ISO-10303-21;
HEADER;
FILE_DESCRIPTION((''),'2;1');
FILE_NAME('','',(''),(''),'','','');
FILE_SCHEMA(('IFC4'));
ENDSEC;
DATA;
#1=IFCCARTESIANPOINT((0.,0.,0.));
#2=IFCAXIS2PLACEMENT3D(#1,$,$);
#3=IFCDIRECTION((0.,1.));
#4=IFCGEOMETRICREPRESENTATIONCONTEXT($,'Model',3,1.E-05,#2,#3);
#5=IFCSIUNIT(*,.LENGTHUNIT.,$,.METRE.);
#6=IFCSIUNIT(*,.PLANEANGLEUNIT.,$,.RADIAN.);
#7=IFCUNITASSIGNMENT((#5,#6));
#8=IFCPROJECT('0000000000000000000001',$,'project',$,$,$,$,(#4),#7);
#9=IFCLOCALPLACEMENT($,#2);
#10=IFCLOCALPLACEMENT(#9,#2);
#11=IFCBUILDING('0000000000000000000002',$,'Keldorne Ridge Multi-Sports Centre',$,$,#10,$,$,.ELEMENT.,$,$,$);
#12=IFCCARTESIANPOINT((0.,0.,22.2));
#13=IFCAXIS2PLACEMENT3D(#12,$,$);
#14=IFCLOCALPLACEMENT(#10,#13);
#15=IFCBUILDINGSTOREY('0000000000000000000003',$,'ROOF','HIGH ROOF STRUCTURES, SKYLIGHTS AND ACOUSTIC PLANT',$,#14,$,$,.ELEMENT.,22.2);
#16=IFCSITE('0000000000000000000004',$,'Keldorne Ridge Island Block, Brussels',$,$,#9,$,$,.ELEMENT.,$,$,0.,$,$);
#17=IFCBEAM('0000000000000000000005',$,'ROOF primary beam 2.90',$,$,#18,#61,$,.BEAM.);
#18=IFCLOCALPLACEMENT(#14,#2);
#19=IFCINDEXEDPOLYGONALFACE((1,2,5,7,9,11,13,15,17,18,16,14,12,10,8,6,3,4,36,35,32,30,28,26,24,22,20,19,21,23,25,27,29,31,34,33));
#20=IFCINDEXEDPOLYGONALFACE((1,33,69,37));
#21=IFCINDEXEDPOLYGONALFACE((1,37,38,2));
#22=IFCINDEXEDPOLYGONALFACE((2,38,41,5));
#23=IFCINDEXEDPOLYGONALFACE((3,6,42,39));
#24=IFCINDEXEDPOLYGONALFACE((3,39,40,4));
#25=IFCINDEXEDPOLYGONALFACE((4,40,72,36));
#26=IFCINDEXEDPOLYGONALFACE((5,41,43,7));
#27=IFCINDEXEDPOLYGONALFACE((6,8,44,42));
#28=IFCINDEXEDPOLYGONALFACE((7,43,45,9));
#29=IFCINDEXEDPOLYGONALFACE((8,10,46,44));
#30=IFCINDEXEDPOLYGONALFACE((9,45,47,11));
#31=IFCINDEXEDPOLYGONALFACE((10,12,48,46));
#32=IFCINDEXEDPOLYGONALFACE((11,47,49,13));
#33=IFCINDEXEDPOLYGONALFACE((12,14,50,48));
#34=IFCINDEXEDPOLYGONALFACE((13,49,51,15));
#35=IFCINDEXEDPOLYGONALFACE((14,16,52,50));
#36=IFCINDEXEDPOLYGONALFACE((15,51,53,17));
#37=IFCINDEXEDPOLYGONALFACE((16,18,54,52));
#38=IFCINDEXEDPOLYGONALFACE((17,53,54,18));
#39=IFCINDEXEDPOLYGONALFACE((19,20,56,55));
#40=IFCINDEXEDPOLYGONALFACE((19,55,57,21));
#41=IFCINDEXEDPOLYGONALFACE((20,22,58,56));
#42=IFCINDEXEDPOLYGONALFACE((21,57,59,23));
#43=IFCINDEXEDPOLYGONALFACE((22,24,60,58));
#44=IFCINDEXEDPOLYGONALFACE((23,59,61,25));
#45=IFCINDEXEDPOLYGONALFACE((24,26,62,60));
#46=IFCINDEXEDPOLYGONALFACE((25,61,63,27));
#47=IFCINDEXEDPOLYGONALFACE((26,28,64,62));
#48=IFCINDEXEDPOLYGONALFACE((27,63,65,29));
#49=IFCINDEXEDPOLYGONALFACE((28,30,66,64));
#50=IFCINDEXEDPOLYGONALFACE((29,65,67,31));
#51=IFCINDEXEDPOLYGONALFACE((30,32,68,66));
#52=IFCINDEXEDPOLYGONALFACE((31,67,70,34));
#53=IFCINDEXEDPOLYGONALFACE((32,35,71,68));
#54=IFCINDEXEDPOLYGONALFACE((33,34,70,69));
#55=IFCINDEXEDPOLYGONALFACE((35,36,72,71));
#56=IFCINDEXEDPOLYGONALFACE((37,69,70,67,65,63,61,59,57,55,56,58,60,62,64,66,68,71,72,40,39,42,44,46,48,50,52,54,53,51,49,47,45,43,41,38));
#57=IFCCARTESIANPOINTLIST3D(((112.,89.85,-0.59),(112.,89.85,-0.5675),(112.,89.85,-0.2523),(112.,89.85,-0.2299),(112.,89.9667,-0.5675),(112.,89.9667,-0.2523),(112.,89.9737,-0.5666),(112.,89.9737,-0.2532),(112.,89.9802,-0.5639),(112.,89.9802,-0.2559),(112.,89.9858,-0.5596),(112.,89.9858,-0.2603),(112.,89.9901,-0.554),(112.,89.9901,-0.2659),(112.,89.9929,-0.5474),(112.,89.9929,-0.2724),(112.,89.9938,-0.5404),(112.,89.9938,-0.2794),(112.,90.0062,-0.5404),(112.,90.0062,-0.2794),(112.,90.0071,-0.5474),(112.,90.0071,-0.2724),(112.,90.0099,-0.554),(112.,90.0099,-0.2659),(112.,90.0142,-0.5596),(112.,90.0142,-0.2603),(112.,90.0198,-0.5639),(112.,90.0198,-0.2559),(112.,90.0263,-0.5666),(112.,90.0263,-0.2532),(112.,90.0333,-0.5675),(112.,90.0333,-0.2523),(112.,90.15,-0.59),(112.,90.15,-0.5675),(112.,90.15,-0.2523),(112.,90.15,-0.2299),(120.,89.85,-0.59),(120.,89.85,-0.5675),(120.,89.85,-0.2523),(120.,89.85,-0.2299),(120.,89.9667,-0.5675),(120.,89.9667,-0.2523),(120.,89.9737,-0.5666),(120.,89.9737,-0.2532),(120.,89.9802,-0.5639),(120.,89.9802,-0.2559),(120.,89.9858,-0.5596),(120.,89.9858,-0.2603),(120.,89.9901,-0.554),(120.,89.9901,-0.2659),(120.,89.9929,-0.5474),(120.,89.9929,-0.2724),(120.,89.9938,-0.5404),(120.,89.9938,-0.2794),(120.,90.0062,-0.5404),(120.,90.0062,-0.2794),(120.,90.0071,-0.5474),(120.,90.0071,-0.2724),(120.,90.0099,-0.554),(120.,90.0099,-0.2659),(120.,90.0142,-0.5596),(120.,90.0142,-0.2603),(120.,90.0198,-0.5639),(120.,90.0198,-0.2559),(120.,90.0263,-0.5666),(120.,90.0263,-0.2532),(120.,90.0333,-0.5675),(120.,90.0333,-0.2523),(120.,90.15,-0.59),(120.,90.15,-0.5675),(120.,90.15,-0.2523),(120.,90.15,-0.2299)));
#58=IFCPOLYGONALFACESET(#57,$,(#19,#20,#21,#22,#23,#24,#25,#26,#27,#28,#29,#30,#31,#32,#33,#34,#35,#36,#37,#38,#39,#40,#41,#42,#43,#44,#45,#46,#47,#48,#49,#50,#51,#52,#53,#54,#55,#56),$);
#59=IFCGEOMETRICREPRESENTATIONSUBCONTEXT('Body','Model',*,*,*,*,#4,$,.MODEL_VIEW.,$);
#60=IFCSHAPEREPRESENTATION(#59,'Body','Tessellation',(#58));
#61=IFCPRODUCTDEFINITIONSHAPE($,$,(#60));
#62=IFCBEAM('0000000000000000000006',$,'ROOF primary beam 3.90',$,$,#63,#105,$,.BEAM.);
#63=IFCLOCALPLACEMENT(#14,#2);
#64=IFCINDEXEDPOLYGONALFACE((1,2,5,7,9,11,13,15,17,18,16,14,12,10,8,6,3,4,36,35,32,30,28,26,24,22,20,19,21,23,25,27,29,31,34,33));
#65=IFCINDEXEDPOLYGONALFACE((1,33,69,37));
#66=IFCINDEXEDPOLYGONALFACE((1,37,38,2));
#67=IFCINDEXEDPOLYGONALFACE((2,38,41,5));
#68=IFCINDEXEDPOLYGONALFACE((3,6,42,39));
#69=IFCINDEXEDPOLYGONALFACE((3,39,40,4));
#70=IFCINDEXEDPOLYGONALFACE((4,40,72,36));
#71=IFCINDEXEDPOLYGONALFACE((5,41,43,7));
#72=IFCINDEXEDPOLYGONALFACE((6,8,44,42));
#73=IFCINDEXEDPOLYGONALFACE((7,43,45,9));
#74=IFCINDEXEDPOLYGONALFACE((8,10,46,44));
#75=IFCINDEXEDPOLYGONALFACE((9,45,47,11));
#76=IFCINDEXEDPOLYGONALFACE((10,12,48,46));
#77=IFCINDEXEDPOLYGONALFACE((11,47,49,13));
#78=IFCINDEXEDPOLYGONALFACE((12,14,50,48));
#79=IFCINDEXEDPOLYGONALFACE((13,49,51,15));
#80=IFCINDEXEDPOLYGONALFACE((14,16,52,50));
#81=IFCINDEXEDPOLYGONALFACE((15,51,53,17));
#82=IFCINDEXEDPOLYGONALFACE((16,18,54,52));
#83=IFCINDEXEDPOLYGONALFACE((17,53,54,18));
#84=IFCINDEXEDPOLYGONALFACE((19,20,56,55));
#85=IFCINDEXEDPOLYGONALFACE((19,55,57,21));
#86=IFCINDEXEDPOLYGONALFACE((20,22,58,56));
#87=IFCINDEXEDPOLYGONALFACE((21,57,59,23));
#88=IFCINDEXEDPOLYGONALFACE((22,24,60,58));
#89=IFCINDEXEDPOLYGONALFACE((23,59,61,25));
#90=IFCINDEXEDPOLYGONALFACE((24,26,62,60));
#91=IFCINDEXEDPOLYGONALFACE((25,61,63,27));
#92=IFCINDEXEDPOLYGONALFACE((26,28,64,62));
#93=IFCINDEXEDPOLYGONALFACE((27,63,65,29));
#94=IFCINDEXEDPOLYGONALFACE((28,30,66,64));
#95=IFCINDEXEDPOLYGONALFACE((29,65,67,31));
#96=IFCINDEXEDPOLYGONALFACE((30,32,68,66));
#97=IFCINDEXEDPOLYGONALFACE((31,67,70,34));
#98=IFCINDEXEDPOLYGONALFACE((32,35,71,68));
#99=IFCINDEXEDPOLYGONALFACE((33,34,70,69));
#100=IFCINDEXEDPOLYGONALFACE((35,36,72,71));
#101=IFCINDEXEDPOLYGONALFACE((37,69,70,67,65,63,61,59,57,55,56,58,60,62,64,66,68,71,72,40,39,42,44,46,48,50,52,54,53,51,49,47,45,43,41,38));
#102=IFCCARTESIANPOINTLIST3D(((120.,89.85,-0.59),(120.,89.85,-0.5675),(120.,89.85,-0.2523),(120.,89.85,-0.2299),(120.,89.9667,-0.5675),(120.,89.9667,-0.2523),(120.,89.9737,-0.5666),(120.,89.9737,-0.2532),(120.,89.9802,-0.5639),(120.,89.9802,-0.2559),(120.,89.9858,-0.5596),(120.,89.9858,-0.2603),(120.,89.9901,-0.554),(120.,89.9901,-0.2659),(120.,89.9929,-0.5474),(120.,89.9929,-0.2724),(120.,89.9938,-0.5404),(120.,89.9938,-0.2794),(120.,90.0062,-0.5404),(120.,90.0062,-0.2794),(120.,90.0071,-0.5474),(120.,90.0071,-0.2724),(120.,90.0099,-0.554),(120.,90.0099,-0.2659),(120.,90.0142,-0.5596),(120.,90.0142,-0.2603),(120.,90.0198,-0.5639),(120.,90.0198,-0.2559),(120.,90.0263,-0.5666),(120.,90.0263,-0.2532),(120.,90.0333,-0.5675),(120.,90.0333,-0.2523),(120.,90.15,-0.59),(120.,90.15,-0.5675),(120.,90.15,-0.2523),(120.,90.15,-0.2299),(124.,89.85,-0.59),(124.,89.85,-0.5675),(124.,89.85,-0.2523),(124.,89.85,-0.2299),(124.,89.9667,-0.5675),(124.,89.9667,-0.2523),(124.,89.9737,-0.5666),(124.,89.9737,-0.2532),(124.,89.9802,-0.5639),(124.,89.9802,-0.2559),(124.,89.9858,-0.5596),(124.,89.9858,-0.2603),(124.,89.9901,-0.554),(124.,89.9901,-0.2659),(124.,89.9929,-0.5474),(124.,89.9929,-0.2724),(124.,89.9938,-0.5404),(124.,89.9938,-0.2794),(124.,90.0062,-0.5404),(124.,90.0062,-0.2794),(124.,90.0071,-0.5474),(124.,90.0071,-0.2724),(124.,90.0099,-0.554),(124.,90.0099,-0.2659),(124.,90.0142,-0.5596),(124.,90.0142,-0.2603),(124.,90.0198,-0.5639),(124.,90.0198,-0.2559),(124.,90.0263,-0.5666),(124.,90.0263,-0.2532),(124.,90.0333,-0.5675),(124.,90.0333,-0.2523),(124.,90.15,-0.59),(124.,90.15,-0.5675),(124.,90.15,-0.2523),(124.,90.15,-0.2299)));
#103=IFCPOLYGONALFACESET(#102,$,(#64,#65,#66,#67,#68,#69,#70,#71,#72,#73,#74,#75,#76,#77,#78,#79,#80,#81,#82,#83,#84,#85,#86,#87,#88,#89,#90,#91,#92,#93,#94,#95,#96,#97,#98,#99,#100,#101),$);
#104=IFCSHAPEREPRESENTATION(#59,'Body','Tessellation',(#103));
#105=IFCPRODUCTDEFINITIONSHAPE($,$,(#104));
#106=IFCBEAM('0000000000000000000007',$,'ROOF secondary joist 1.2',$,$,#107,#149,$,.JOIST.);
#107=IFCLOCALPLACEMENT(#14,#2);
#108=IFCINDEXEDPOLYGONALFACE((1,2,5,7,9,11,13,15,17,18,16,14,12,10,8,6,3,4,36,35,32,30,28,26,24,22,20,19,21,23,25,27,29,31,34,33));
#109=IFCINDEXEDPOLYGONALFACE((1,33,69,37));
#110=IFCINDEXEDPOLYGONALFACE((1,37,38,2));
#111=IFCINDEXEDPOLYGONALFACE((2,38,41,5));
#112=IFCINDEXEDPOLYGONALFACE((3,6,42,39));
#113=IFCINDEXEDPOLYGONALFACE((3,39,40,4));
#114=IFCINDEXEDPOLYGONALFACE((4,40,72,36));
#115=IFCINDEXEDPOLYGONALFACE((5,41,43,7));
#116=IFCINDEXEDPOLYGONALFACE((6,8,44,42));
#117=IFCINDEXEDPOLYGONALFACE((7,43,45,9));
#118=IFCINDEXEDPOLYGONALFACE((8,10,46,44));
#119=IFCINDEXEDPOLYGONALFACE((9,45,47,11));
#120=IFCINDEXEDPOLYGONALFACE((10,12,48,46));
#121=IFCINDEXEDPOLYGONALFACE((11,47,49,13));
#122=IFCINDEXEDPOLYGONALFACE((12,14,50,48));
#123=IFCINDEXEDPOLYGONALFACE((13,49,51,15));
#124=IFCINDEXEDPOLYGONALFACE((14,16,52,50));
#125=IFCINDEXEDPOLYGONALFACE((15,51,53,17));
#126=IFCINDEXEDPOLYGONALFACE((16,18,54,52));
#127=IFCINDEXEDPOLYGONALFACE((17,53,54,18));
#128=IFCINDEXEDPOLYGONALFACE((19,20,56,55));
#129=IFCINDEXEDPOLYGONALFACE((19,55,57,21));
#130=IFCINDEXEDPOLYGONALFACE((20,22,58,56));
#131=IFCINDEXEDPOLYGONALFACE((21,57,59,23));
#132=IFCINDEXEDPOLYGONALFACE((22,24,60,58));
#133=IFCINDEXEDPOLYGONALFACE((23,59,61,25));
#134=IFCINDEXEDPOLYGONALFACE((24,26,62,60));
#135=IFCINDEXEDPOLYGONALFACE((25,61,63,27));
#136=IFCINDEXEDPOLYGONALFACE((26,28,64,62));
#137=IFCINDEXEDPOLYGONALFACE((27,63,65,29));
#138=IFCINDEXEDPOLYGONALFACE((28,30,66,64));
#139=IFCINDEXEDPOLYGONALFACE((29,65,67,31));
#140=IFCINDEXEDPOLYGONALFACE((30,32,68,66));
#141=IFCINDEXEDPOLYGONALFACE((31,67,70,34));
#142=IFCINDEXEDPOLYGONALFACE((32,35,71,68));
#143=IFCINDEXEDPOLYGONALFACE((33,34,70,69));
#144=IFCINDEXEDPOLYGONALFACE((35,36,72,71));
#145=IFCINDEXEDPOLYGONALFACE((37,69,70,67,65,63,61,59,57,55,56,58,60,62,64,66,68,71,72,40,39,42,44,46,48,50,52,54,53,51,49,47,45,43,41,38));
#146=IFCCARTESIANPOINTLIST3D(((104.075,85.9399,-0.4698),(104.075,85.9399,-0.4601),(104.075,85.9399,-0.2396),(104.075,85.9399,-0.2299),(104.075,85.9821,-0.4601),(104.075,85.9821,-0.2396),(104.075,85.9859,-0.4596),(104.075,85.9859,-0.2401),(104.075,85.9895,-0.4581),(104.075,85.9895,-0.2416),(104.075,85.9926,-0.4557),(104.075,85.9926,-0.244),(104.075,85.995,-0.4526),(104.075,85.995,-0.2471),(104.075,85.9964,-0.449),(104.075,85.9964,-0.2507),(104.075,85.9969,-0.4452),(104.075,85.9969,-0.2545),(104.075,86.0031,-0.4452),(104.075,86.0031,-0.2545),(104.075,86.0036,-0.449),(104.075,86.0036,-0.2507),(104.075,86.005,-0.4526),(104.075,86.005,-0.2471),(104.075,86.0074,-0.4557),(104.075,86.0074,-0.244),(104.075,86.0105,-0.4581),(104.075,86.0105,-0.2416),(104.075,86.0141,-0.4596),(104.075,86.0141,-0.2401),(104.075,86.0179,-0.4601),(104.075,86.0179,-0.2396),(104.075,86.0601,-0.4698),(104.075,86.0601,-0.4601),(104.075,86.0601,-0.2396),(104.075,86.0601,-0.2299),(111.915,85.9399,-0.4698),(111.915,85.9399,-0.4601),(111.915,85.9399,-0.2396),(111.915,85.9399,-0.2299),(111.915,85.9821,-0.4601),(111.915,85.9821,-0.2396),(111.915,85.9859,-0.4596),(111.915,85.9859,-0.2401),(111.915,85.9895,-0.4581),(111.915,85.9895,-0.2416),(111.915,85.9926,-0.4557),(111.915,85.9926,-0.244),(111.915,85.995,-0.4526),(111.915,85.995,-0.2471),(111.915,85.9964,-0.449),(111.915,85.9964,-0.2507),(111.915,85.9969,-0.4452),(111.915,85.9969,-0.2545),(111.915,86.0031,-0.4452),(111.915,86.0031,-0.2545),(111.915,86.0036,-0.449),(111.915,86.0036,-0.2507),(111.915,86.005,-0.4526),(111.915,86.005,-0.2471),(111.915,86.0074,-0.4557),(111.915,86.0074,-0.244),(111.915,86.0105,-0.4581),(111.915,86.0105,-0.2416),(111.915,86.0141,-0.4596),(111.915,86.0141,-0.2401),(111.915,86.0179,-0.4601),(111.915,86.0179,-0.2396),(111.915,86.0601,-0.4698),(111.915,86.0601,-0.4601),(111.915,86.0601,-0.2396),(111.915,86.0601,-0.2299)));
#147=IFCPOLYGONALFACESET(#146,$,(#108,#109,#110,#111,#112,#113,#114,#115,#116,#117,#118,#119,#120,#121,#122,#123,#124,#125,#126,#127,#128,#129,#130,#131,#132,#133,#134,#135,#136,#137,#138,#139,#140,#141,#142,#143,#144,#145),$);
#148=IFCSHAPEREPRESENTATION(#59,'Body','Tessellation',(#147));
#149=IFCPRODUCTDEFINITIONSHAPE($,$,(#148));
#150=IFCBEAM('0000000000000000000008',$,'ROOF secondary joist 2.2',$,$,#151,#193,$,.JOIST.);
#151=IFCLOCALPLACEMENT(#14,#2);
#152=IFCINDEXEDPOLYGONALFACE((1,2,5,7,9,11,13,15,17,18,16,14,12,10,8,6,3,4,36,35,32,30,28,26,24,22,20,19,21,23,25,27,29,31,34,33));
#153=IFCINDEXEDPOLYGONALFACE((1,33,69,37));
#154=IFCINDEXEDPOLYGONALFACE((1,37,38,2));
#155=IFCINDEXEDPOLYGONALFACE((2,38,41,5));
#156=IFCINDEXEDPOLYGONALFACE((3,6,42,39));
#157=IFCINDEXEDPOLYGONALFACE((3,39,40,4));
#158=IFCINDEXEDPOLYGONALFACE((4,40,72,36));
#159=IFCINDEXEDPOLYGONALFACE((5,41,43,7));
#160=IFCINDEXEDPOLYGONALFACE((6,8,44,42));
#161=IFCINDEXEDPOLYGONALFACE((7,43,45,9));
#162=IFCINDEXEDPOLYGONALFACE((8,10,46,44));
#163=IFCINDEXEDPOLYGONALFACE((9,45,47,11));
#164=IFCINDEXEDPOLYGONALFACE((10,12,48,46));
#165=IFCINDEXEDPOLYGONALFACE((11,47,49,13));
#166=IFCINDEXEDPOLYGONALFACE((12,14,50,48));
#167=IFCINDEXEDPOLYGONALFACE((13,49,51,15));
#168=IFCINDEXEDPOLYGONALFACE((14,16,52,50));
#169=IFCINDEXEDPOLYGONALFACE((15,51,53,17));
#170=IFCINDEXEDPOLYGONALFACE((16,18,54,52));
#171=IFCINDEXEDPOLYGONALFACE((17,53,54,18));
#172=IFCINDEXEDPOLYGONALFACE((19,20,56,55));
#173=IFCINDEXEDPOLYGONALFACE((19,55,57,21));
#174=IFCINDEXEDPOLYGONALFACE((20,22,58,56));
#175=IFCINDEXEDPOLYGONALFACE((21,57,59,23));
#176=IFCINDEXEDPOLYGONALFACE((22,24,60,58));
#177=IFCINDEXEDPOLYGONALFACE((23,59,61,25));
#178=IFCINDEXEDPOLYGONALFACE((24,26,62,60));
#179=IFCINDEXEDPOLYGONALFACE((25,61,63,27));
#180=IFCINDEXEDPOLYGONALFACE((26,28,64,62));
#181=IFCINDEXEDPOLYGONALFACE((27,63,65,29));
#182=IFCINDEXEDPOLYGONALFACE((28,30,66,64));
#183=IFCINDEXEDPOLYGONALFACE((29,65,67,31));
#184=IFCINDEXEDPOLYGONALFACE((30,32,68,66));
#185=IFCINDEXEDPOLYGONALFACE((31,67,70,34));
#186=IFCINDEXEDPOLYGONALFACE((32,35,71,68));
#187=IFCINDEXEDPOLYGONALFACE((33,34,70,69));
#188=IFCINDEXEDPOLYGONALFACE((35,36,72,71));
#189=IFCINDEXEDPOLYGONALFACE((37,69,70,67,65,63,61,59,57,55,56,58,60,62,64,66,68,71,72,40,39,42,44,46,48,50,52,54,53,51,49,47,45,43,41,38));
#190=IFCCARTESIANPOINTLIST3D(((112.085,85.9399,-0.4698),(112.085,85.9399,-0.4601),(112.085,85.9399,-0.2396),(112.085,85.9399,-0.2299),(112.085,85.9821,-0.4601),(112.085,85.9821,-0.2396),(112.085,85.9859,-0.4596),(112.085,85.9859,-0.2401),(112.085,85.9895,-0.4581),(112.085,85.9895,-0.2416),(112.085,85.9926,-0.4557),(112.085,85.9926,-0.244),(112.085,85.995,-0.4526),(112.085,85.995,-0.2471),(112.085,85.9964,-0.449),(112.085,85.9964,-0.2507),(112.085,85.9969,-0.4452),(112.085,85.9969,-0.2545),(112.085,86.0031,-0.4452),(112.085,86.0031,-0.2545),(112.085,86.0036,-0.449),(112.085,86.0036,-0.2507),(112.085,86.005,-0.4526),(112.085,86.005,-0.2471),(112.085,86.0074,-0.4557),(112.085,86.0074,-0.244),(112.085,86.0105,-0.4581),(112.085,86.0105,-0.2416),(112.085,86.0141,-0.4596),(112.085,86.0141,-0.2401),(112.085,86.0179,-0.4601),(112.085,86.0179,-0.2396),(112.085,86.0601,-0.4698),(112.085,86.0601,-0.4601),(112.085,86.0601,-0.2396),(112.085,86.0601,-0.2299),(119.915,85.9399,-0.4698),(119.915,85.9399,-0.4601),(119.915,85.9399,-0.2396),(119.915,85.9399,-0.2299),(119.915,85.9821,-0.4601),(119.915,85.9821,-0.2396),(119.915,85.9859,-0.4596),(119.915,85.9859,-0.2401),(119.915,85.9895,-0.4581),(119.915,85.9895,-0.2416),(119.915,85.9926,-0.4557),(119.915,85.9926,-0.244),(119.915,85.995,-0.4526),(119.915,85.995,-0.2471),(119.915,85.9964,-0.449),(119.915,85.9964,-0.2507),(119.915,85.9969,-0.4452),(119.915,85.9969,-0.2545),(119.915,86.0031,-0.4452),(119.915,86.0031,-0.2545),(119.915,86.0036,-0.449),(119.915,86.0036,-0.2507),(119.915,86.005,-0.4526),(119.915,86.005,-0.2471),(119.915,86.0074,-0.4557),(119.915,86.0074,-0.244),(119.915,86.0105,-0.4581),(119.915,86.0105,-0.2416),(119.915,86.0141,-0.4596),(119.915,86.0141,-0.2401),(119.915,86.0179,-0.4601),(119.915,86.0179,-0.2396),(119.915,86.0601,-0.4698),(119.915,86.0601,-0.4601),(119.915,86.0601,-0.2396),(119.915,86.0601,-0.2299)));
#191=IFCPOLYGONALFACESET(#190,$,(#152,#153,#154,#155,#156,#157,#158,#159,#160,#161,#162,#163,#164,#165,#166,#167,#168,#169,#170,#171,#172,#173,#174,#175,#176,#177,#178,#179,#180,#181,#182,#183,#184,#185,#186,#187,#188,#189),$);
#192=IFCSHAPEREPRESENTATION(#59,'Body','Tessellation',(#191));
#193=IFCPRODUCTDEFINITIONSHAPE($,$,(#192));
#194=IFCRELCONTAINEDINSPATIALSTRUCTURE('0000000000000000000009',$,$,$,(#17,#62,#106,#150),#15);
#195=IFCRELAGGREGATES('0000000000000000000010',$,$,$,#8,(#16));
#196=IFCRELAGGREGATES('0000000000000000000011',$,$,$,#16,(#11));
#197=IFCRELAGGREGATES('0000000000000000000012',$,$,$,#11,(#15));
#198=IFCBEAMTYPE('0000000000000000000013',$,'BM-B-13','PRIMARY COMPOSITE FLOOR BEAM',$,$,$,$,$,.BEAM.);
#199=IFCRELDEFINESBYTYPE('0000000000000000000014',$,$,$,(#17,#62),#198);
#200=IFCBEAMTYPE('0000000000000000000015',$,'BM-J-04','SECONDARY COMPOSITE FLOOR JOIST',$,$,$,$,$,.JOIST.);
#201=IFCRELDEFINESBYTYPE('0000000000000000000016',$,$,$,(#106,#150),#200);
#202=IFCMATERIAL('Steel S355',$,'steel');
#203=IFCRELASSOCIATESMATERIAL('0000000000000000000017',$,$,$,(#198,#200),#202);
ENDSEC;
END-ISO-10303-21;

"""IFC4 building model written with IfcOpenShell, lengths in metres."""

from ifc_helpers import new_model, si_unit, direction, frame, origin, origin_2d, place, context, subcontext, project, spatial, i_section, extrude, material, material_profile, profile_set, type_object, element, save


model = new_model("IFC4")

# Units and contexts
model_context = context("Model", 3, precision=1e-05, world=origin(), true_north=direction((0.0, 1.0)))
body_context = subcontext(model_context, "Body", "Model", "MODEL_VIEW")
ifc_project = project(units=[si_unit("LENGTHUNIT", "METRE"), si_unit("PLANEANGLEUNIT", "RADIAN")], contexts=[model_context])

# Site, building, storey
site_placement = place(None, origin())
site = spatial("IfcSite", under=ifc_project, at=site_placement, Name="Keldorne Ridge Island Block, Brussels", CompositionType="ELEMENT", RefElevation=0.0)
building_placement = place(site_placement, origin())
building = spatial("IfcBuilding", under=site, at=building_placement, Name="Keldorne Ridge Multi-Sports Centre", CompositionType="ELEMENT")
storey_placement = place(building_placement, frame((0.0, 0.0, 22.2)))
storey = spatial("IfcBuildingStorey", under=building, at=storey_placement, Name="ROOF", Description="HIGH ROOF STRUCTURES, SKYLIGHTS AND ACOUSTIC PLANT", CompositionType="ELEMENT", Elevation=22.2)

# Beams
ifc_material_1 = material(Name="Steel S355", Category="steel")
ifc_material_profile_1 = material_profile(ifc_material_1, i_section(OverallWidth=0.3, OverallDepth=0.3601, WebThickness=0.0125, FlangeThickness=0.0225, FilletRadius=0.0271, at=origin_2d()), Name="HEB 360")
ifc_profile_set_1 = profile_set([ifc_material_profile_1], Name="Steel S355")
beam_type_1 = type_object("IfcBeamType", Name="BM-B-13", Description="PRIMARY COMPOSITE FLOOR BEAM", PredefinedType="BEAM", material=ifc_profile_set_1)
for number, where, z_axis, x_axis, name in (
    (1, (112.0, 90.0, -0.4099), (1.0, 0.0, 0.0), (0.0, 1.0, 0.0), "ROOF primary beam 2.90"),
):
    element("IfcBeam", number, at=place(storey_placement, frame(where, z_axis=z_axis, x_axis=x_axis)), inside=storey, type_object=beam_type_1, Name=name, PredefinedType="BEAM", context=body_context, shape_type="SweptSolid", body=[
        extrude(i_section(OverallWidth=0.3, OverallDepth=0.3601, WebThickness=0.0125, FlangeThickness=0.0225, FilletRadius=0.0271, at=origin_2d()), origin(), (0.0, 0.0, 1.0), 8.0),
    ])
beam_1_placement = place(storey_placement, frame((120.0, 90.0, -0.4099), z_axis=(1.0, 0.0, 0.0), x_axis=(0.0, 1.0, 0.0)))
element("IfcBeam", 2, at=beam_1_placement, inside=storey, type_object=beam_type_1, Name="ROOF primary beam 3.90", PredefinedType="BEAM", context=body_context, shape_type="SweptSolid", body=[
    extrude(i_section(OverallWidth=0.3, OverallDepth=0.3601, WebThickness=0.0125, FlangeThickness=0.0225, FilletRadius=0.0271, at=origin_2d()), origin(), (0.0, 0.0, 1.0), 4.0),
])
ifc_material_profile_2 = material_profile(ifc_material_1, i_section(OverallWidth=0.1201, OverallDepth=0.24, WebThickness=0.0061, FlangeThickness=0.0098, FilletRadius=0.0149, at=origin_2d()), Name="IPE 240")
ifc_profile_set_2 = profile_set([ifc_material_profile_2], Name="Steel S355")
beam_type_2 = type_object("IfcBeamType", Name="BM-J-04", Description="SECONDARY COMPOSITE FLOOR JOIST", PredefinedType="JOIST", material=ifc_profile_set_2)
beam_2_placement = place(storey_placement, frame((104.075, 86.0, -0.3499), z_axis=(1.0, 0.0, 0.0), x_axis=(0.0, 1.0, 0.0)))
element("IfcBeam", 3, at=beam_2_placement, inside=storey, type_object=beam_type_2, Name="ROOF secondary joist 1.2", PredefinedType="JOIST", context=body_context, shape_type="SweptSolid", body=[
    extrude(i_section(OverallWidth=0.1201, OverallDepth=0.24, WebThickness=0.0061, FlangeThickness=0.0098, FilletRadius=0.0149, at=origin_2d()), origin(), (0.0, 0.0, 1.0), 7.8401),
])
beam_3_placement = place(storey_placement, frame((112.085, 86.0, -0.3499), z_axis=(1.0, 0.0, 0.0), x_axis=(0.0, 1.0, 0.0)))
element("IfcBeam", 4, at=beam_3_placement, inside=storey, type_object=beam_type_2, Name="ROOF secondary joist 2.2", PredefinedType="JOIST", context=body_context, shape_type="SweptSolid", body=[
    extrude(i_section(OverallWidth=0.1201, OverallDepth=0.24, WebThickness=0.0061, FlangeThickness=0.0098, FilletRadius=0.0149, at=origin_2d()), origin(), (0.0, 0.0, 1.0), 7.8301),
])

save(model, "model.ifc")
